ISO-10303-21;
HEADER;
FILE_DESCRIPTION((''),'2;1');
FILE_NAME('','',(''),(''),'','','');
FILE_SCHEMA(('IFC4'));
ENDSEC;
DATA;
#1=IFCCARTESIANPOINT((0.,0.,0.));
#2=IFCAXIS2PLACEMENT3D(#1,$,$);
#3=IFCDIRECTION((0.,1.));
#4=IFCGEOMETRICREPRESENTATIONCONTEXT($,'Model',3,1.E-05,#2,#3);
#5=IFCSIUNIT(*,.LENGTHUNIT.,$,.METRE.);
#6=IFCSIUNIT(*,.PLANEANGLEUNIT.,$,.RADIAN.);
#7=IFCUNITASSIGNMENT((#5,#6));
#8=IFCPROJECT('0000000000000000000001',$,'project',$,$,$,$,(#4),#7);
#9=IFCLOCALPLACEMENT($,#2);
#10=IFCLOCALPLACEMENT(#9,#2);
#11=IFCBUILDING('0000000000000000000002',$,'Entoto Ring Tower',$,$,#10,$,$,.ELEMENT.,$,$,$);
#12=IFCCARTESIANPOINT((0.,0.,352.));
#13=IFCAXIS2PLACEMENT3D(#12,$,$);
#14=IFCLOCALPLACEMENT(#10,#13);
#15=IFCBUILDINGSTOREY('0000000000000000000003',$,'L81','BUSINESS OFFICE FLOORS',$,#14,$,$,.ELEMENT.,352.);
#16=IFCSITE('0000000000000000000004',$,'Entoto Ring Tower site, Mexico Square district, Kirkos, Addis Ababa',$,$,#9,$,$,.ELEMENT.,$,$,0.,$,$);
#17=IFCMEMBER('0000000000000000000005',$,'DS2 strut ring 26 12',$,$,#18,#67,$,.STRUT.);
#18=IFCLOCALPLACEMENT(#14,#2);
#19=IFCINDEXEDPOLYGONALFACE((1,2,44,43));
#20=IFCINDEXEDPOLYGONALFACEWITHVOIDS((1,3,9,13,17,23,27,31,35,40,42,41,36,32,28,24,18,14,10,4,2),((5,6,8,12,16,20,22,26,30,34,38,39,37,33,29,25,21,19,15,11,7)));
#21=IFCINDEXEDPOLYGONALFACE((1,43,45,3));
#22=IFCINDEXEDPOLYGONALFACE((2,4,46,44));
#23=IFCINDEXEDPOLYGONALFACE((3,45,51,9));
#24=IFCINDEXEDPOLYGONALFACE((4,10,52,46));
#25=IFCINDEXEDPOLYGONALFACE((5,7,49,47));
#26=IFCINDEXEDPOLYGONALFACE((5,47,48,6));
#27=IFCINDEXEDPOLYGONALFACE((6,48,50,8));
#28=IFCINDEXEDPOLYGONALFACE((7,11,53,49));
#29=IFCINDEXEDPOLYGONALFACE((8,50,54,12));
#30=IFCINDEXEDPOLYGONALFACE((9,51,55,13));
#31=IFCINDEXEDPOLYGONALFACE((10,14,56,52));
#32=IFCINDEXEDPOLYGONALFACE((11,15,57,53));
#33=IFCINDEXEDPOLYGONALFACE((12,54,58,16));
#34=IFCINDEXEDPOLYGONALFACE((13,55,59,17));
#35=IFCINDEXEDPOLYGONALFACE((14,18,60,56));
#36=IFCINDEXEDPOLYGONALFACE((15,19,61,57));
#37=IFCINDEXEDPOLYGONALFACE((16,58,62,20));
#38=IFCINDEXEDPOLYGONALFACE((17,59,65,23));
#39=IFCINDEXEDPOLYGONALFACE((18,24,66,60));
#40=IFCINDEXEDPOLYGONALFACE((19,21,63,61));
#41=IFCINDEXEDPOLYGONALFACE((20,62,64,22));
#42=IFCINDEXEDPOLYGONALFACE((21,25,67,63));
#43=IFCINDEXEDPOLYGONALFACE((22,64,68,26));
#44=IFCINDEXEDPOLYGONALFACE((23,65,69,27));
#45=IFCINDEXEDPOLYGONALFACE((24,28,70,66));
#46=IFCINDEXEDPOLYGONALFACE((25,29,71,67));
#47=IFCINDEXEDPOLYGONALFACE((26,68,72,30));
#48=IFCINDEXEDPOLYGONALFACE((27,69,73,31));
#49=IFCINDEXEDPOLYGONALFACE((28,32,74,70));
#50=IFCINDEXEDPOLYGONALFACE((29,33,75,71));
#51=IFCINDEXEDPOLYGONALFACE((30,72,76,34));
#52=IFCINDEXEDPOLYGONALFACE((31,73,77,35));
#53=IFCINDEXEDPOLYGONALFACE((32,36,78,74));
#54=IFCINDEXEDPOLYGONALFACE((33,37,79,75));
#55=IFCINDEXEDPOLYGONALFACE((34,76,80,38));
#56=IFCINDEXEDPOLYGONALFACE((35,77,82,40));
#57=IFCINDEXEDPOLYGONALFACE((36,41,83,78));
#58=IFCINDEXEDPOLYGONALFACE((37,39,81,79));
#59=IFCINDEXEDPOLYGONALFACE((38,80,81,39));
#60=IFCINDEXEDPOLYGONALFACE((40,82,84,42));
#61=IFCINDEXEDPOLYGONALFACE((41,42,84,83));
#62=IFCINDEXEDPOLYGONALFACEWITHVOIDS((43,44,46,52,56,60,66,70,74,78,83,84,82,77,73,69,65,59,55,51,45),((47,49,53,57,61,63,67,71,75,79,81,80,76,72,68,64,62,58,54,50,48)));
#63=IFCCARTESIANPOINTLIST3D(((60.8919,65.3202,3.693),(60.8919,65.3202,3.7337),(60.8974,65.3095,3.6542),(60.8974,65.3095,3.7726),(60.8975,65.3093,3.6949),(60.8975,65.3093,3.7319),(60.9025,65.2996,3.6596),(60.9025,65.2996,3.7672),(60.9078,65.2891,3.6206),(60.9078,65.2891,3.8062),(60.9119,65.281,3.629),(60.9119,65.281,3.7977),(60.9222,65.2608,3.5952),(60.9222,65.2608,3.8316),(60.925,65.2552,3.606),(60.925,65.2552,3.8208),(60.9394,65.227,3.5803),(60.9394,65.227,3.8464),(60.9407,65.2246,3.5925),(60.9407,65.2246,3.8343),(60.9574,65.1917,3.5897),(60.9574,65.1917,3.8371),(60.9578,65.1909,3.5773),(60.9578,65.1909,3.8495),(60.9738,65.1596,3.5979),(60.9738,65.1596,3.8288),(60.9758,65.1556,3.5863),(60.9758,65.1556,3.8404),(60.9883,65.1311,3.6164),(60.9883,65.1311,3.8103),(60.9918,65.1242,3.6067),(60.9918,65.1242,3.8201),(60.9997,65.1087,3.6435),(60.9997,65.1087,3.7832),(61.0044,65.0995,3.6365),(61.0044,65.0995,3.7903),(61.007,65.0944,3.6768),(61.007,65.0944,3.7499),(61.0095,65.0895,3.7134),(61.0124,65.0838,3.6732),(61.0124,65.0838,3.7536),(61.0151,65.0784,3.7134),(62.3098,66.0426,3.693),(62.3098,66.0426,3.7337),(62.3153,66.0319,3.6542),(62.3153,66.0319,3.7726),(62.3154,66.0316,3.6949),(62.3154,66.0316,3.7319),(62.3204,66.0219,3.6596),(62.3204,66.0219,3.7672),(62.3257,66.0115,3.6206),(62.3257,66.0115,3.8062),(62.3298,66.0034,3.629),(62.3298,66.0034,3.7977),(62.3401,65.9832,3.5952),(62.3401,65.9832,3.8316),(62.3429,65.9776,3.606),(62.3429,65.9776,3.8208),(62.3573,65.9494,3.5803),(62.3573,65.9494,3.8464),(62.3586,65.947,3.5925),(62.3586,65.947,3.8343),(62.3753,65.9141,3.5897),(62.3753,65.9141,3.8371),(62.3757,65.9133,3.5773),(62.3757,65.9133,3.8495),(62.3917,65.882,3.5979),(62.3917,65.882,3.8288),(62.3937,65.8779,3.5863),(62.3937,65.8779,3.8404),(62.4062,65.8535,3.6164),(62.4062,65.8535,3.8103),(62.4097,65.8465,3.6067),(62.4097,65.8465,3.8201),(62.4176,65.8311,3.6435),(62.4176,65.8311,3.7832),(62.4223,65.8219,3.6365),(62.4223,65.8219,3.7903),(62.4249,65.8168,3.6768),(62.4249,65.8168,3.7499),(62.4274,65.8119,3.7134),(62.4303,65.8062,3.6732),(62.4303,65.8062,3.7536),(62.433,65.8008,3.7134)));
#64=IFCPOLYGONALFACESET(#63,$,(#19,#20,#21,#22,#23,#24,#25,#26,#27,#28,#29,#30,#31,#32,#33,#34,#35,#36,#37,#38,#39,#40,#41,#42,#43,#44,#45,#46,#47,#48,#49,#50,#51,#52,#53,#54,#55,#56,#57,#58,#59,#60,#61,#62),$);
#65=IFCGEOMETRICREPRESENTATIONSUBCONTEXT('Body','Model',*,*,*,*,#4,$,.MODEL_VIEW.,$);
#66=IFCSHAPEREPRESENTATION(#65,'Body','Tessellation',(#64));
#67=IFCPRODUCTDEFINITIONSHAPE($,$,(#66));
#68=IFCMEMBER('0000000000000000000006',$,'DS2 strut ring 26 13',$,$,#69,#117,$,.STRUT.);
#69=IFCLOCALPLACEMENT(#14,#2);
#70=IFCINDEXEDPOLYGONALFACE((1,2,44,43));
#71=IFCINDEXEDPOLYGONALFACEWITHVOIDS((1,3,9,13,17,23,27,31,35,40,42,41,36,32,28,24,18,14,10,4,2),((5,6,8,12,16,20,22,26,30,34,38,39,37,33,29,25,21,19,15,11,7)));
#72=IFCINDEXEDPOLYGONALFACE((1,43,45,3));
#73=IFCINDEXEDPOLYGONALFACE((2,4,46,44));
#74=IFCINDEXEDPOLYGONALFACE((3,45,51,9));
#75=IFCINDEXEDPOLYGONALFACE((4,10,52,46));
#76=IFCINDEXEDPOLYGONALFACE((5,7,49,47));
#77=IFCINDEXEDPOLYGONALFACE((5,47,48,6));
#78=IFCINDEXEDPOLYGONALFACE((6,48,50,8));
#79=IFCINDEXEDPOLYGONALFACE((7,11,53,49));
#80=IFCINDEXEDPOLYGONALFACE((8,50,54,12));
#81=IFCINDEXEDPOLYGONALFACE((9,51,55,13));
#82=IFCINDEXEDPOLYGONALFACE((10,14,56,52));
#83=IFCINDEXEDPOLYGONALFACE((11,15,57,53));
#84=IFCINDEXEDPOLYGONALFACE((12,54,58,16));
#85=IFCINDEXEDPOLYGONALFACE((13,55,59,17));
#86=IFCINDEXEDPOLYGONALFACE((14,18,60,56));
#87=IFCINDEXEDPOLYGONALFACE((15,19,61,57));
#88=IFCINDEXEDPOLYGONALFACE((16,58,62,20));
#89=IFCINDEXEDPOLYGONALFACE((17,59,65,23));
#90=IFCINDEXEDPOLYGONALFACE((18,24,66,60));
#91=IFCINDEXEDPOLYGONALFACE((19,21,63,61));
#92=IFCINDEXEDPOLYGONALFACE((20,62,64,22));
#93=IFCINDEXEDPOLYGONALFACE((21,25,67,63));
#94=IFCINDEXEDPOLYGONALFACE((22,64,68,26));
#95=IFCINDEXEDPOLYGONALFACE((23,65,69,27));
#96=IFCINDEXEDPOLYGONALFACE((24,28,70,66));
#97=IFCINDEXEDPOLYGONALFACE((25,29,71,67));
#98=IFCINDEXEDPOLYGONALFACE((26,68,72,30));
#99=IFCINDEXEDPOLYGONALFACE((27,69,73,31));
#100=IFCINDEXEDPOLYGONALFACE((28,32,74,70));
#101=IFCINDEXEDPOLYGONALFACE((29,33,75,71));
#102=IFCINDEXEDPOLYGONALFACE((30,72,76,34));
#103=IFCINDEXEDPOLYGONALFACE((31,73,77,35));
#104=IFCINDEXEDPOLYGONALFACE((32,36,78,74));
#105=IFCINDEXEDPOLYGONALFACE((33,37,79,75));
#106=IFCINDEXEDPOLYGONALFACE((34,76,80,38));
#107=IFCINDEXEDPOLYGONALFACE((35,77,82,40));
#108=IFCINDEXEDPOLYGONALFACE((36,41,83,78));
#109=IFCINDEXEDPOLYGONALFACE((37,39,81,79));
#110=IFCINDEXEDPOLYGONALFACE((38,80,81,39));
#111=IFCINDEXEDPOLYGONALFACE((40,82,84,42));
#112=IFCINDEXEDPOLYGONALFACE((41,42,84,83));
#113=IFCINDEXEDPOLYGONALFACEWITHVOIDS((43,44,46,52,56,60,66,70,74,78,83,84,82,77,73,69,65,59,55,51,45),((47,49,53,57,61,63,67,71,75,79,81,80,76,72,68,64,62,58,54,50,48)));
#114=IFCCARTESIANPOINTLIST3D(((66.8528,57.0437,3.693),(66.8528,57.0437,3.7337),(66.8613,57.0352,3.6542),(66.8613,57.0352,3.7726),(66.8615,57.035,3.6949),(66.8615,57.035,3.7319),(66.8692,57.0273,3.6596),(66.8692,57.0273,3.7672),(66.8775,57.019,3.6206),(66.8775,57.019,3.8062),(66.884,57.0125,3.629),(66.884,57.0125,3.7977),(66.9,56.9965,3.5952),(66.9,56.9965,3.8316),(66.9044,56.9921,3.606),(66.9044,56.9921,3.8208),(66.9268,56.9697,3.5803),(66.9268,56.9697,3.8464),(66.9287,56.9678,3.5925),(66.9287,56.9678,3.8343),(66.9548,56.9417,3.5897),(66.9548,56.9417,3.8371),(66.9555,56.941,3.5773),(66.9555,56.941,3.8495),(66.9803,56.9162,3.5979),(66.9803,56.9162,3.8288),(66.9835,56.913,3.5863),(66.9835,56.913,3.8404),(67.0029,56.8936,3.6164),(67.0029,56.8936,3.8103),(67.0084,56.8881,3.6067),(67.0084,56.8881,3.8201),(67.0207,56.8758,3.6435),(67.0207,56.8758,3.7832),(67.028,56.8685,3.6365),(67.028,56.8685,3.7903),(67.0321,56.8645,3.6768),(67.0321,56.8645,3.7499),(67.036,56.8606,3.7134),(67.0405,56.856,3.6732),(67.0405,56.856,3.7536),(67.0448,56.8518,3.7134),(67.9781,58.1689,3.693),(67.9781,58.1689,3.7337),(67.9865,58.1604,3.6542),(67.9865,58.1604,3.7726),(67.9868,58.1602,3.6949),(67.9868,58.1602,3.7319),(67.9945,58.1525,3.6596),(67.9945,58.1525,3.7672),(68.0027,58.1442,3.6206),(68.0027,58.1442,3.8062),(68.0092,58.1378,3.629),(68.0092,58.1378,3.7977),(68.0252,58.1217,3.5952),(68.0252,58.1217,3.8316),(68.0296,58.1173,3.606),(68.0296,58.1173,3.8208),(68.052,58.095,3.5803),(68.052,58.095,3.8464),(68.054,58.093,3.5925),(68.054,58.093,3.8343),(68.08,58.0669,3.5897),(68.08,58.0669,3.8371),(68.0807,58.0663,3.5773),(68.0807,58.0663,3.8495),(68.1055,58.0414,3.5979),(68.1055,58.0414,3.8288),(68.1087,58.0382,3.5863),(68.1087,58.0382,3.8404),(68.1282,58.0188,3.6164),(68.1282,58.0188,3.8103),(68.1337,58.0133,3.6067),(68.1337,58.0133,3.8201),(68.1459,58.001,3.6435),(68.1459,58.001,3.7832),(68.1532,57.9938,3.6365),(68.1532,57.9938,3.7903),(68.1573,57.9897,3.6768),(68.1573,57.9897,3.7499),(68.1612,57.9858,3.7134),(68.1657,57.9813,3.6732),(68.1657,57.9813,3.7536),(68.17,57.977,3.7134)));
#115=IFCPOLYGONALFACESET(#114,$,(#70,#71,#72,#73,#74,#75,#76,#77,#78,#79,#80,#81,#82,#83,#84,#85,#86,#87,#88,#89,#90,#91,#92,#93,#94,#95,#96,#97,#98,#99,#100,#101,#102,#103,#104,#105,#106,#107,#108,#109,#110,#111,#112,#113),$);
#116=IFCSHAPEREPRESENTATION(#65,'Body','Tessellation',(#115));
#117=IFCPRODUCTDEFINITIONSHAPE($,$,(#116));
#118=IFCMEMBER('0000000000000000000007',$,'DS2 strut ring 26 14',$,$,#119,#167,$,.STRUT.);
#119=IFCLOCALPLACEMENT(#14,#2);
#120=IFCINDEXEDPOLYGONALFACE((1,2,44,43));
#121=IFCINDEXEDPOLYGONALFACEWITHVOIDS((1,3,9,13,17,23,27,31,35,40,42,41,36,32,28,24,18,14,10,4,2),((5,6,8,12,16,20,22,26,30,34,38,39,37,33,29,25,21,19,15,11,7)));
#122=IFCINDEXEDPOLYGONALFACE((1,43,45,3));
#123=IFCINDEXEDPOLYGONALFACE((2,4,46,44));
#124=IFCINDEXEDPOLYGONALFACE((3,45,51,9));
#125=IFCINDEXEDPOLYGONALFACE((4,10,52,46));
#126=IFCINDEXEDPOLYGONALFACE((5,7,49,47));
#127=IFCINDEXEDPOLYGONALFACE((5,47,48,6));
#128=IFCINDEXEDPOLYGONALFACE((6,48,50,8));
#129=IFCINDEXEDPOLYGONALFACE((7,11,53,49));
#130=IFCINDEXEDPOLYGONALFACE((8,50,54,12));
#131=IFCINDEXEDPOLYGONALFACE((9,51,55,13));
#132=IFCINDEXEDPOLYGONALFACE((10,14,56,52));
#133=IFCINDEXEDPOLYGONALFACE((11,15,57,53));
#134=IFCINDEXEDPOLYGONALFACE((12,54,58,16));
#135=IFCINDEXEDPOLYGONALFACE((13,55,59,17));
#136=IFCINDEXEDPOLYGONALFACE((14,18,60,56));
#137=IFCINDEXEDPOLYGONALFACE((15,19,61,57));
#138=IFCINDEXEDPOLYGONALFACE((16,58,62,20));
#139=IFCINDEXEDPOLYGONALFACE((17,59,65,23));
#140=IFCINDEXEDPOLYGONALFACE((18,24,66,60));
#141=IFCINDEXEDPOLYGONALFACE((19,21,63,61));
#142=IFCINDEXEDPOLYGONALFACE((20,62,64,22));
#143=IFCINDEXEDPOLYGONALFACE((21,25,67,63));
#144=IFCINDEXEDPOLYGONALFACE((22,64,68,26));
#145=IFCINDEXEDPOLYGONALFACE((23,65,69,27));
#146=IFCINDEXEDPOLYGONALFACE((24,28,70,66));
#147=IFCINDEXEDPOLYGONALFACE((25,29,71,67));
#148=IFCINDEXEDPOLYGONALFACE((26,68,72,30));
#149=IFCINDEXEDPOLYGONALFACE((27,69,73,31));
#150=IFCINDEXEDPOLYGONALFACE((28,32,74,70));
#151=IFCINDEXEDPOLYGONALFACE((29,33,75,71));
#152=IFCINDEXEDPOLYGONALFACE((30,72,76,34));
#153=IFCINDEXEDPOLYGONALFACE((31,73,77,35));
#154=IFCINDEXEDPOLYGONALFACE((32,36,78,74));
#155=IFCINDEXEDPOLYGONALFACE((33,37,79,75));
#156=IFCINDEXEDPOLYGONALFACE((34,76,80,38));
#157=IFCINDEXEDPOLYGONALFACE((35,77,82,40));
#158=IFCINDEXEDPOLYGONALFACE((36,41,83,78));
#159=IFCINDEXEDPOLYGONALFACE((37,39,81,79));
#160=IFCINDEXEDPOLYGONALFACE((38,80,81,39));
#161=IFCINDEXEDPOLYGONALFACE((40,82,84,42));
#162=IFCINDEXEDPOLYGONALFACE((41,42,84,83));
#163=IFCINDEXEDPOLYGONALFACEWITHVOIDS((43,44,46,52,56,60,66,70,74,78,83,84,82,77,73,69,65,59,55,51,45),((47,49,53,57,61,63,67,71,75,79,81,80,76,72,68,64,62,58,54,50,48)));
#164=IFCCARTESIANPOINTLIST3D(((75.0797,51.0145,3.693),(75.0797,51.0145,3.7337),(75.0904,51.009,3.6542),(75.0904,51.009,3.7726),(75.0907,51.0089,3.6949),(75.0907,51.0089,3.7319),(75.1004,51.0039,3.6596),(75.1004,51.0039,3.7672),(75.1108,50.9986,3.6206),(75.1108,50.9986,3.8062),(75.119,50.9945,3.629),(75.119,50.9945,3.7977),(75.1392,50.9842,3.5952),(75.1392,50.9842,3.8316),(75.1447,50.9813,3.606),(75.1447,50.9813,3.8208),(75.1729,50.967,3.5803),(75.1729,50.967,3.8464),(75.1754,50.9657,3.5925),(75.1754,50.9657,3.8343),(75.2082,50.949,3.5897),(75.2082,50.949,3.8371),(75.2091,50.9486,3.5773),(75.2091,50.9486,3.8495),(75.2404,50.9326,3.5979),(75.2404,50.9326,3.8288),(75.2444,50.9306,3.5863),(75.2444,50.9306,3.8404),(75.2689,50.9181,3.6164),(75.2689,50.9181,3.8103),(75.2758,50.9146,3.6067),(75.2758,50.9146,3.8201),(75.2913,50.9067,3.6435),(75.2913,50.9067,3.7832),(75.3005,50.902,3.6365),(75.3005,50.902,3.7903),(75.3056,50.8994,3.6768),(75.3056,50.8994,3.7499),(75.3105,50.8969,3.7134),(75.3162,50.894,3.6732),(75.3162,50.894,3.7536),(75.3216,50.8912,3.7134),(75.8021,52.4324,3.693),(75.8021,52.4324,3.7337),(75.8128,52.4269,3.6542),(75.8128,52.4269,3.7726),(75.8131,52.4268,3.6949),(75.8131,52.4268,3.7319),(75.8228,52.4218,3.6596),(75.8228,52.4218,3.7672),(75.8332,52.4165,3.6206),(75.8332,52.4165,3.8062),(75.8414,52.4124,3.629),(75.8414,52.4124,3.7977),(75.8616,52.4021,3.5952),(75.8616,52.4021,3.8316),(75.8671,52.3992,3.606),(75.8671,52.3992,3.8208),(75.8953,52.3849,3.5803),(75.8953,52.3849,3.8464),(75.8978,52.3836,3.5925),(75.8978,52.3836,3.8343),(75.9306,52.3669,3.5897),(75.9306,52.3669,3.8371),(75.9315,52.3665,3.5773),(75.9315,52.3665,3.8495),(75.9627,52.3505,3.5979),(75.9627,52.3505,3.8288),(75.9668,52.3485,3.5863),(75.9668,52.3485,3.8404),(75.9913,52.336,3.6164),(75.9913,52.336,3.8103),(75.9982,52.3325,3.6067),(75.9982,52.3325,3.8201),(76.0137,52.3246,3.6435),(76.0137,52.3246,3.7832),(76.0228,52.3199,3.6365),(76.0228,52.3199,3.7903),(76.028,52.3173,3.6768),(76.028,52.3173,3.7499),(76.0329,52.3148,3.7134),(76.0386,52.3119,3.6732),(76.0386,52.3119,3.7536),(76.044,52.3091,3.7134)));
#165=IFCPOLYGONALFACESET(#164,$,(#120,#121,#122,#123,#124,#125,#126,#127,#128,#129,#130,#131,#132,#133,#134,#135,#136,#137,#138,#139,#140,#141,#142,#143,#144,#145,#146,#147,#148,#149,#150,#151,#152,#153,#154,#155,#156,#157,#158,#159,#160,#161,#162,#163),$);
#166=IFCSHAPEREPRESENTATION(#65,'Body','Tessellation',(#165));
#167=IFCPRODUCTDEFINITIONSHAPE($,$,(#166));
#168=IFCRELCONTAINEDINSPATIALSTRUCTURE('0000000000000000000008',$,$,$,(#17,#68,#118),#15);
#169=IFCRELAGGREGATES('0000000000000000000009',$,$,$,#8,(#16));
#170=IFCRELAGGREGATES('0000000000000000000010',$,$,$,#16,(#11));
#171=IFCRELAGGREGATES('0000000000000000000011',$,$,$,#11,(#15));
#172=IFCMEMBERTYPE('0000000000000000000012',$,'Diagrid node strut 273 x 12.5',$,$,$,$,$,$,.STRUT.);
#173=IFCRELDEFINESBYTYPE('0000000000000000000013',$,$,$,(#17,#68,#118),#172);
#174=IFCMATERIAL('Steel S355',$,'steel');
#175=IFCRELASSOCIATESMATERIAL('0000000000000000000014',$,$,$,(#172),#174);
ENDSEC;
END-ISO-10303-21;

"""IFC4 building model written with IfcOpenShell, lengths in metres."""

from ifc_helpers import new_model, si_unit, direction, frame, origin, origin_2d, place, context, subcontext, project, spatial, circle, hollow_circle, extrude, material, material_profile, profile_set, type_object, element, save


model = new_model("IFC4")

# Units and contexts
model_context = context("Model", 3, precision=1e-05, world=origin(), true_north=direction((0.0, 1.0)))
body_context = subcontext(model_context, "Body", "Model", "MODEL_VIEW")
ifc_project = project(units=[si_unit("LENGTHUNIT", "METRE"), si_unit("PLANEANGLEUNIT", "RADIAN")], contexts=[model_context])

# Site, building, storey
site_placement = place(None, origin())
site = spatial("IfcSite", under=ifc_project, at=site_placement, Name="Entoto Ring Tower site, Mexico Square district, Kirkos, Addis Ababa", CompositionType="ELEMENT", RefElevation=0.0)
building_placement = place(site_placement, origin())
building = spatial("IfcBuilding", under=site, at=building_placement, Name="Entoto Ring Tower", CompositionType="ELEMENT")
storey_placement = place(building_placement, frame((0.0, 0.0, 352.0)))
storey = spatial("IfcBuildingStorey", under=building, at=storey_placement, Name="L81", Description="BUSINESS OFFICE FLOORS", CompositionType="ELEMENT", Elevation=352.0)

# Members
ifc_material_1 = material(Name="Steel S355", Category="steel")
ifc_material_profile_1 = material_profile(ifc_material_1, hollow_circle(Radius=0.1365, WallThickness=0.0125, at=origin_2d()), Name="CHS 273 x 12.5")
ifc_material_2 = material(Name="Concrete C60/75", Category="concrete")
ifc_material_profile_2 = material_profile(ifc_material_2, circle(Radius=0.124, at=origin_2d()), Name="Concrete C60/75 infill")
ifc_profile_set_1 = profile_set([ifc_material_profile_1, ifc_material_profile_2], Name="Steel S355")
member_type = type_object("IfcMemberType", Name="Diagrid node strut 273 x 12.5", PredefinedType="STRUT", material=ifc_profile_set_1)
for number, where, z_axis, x_axis, name in (
    (1, (62.3711, 65.9224, 3.7134), (-0.891027, -0.453951, 0.0), (0.453951, -0.891027, 0.0), "DS2 strut ring 26 12"),
    (2, (68.0735, 58.0735, 3.7134), (-0.707107, -0.707107, 0.0), (0.707107, -0.707107, 0.0), "DS2 strut ring 26 13"),
    (3, (75.9224, 52.3711, 3.7134), (-0.453951, -0.891027, 0.0), (0.891027, -0.453951, 0.0), "DS2 strut ring 26 14"),
):
    element("IfcMember", number, at=place(storey_placement, frame(where, z_axis=z_axis, x_axis=x_axis)), inside=storey, type_object=member_type, Name=name, PredefinedType="STRUT", context=body_context, shape_type="SweptSolid", body=[
        extrude(hollow_circle(Radius=0.1365, WallThickness=0.0125, at=origin_2d()), origin(), (0.0, 0.0, 1.0), 1.5913),
    ])

save(model, "model.ifc")
